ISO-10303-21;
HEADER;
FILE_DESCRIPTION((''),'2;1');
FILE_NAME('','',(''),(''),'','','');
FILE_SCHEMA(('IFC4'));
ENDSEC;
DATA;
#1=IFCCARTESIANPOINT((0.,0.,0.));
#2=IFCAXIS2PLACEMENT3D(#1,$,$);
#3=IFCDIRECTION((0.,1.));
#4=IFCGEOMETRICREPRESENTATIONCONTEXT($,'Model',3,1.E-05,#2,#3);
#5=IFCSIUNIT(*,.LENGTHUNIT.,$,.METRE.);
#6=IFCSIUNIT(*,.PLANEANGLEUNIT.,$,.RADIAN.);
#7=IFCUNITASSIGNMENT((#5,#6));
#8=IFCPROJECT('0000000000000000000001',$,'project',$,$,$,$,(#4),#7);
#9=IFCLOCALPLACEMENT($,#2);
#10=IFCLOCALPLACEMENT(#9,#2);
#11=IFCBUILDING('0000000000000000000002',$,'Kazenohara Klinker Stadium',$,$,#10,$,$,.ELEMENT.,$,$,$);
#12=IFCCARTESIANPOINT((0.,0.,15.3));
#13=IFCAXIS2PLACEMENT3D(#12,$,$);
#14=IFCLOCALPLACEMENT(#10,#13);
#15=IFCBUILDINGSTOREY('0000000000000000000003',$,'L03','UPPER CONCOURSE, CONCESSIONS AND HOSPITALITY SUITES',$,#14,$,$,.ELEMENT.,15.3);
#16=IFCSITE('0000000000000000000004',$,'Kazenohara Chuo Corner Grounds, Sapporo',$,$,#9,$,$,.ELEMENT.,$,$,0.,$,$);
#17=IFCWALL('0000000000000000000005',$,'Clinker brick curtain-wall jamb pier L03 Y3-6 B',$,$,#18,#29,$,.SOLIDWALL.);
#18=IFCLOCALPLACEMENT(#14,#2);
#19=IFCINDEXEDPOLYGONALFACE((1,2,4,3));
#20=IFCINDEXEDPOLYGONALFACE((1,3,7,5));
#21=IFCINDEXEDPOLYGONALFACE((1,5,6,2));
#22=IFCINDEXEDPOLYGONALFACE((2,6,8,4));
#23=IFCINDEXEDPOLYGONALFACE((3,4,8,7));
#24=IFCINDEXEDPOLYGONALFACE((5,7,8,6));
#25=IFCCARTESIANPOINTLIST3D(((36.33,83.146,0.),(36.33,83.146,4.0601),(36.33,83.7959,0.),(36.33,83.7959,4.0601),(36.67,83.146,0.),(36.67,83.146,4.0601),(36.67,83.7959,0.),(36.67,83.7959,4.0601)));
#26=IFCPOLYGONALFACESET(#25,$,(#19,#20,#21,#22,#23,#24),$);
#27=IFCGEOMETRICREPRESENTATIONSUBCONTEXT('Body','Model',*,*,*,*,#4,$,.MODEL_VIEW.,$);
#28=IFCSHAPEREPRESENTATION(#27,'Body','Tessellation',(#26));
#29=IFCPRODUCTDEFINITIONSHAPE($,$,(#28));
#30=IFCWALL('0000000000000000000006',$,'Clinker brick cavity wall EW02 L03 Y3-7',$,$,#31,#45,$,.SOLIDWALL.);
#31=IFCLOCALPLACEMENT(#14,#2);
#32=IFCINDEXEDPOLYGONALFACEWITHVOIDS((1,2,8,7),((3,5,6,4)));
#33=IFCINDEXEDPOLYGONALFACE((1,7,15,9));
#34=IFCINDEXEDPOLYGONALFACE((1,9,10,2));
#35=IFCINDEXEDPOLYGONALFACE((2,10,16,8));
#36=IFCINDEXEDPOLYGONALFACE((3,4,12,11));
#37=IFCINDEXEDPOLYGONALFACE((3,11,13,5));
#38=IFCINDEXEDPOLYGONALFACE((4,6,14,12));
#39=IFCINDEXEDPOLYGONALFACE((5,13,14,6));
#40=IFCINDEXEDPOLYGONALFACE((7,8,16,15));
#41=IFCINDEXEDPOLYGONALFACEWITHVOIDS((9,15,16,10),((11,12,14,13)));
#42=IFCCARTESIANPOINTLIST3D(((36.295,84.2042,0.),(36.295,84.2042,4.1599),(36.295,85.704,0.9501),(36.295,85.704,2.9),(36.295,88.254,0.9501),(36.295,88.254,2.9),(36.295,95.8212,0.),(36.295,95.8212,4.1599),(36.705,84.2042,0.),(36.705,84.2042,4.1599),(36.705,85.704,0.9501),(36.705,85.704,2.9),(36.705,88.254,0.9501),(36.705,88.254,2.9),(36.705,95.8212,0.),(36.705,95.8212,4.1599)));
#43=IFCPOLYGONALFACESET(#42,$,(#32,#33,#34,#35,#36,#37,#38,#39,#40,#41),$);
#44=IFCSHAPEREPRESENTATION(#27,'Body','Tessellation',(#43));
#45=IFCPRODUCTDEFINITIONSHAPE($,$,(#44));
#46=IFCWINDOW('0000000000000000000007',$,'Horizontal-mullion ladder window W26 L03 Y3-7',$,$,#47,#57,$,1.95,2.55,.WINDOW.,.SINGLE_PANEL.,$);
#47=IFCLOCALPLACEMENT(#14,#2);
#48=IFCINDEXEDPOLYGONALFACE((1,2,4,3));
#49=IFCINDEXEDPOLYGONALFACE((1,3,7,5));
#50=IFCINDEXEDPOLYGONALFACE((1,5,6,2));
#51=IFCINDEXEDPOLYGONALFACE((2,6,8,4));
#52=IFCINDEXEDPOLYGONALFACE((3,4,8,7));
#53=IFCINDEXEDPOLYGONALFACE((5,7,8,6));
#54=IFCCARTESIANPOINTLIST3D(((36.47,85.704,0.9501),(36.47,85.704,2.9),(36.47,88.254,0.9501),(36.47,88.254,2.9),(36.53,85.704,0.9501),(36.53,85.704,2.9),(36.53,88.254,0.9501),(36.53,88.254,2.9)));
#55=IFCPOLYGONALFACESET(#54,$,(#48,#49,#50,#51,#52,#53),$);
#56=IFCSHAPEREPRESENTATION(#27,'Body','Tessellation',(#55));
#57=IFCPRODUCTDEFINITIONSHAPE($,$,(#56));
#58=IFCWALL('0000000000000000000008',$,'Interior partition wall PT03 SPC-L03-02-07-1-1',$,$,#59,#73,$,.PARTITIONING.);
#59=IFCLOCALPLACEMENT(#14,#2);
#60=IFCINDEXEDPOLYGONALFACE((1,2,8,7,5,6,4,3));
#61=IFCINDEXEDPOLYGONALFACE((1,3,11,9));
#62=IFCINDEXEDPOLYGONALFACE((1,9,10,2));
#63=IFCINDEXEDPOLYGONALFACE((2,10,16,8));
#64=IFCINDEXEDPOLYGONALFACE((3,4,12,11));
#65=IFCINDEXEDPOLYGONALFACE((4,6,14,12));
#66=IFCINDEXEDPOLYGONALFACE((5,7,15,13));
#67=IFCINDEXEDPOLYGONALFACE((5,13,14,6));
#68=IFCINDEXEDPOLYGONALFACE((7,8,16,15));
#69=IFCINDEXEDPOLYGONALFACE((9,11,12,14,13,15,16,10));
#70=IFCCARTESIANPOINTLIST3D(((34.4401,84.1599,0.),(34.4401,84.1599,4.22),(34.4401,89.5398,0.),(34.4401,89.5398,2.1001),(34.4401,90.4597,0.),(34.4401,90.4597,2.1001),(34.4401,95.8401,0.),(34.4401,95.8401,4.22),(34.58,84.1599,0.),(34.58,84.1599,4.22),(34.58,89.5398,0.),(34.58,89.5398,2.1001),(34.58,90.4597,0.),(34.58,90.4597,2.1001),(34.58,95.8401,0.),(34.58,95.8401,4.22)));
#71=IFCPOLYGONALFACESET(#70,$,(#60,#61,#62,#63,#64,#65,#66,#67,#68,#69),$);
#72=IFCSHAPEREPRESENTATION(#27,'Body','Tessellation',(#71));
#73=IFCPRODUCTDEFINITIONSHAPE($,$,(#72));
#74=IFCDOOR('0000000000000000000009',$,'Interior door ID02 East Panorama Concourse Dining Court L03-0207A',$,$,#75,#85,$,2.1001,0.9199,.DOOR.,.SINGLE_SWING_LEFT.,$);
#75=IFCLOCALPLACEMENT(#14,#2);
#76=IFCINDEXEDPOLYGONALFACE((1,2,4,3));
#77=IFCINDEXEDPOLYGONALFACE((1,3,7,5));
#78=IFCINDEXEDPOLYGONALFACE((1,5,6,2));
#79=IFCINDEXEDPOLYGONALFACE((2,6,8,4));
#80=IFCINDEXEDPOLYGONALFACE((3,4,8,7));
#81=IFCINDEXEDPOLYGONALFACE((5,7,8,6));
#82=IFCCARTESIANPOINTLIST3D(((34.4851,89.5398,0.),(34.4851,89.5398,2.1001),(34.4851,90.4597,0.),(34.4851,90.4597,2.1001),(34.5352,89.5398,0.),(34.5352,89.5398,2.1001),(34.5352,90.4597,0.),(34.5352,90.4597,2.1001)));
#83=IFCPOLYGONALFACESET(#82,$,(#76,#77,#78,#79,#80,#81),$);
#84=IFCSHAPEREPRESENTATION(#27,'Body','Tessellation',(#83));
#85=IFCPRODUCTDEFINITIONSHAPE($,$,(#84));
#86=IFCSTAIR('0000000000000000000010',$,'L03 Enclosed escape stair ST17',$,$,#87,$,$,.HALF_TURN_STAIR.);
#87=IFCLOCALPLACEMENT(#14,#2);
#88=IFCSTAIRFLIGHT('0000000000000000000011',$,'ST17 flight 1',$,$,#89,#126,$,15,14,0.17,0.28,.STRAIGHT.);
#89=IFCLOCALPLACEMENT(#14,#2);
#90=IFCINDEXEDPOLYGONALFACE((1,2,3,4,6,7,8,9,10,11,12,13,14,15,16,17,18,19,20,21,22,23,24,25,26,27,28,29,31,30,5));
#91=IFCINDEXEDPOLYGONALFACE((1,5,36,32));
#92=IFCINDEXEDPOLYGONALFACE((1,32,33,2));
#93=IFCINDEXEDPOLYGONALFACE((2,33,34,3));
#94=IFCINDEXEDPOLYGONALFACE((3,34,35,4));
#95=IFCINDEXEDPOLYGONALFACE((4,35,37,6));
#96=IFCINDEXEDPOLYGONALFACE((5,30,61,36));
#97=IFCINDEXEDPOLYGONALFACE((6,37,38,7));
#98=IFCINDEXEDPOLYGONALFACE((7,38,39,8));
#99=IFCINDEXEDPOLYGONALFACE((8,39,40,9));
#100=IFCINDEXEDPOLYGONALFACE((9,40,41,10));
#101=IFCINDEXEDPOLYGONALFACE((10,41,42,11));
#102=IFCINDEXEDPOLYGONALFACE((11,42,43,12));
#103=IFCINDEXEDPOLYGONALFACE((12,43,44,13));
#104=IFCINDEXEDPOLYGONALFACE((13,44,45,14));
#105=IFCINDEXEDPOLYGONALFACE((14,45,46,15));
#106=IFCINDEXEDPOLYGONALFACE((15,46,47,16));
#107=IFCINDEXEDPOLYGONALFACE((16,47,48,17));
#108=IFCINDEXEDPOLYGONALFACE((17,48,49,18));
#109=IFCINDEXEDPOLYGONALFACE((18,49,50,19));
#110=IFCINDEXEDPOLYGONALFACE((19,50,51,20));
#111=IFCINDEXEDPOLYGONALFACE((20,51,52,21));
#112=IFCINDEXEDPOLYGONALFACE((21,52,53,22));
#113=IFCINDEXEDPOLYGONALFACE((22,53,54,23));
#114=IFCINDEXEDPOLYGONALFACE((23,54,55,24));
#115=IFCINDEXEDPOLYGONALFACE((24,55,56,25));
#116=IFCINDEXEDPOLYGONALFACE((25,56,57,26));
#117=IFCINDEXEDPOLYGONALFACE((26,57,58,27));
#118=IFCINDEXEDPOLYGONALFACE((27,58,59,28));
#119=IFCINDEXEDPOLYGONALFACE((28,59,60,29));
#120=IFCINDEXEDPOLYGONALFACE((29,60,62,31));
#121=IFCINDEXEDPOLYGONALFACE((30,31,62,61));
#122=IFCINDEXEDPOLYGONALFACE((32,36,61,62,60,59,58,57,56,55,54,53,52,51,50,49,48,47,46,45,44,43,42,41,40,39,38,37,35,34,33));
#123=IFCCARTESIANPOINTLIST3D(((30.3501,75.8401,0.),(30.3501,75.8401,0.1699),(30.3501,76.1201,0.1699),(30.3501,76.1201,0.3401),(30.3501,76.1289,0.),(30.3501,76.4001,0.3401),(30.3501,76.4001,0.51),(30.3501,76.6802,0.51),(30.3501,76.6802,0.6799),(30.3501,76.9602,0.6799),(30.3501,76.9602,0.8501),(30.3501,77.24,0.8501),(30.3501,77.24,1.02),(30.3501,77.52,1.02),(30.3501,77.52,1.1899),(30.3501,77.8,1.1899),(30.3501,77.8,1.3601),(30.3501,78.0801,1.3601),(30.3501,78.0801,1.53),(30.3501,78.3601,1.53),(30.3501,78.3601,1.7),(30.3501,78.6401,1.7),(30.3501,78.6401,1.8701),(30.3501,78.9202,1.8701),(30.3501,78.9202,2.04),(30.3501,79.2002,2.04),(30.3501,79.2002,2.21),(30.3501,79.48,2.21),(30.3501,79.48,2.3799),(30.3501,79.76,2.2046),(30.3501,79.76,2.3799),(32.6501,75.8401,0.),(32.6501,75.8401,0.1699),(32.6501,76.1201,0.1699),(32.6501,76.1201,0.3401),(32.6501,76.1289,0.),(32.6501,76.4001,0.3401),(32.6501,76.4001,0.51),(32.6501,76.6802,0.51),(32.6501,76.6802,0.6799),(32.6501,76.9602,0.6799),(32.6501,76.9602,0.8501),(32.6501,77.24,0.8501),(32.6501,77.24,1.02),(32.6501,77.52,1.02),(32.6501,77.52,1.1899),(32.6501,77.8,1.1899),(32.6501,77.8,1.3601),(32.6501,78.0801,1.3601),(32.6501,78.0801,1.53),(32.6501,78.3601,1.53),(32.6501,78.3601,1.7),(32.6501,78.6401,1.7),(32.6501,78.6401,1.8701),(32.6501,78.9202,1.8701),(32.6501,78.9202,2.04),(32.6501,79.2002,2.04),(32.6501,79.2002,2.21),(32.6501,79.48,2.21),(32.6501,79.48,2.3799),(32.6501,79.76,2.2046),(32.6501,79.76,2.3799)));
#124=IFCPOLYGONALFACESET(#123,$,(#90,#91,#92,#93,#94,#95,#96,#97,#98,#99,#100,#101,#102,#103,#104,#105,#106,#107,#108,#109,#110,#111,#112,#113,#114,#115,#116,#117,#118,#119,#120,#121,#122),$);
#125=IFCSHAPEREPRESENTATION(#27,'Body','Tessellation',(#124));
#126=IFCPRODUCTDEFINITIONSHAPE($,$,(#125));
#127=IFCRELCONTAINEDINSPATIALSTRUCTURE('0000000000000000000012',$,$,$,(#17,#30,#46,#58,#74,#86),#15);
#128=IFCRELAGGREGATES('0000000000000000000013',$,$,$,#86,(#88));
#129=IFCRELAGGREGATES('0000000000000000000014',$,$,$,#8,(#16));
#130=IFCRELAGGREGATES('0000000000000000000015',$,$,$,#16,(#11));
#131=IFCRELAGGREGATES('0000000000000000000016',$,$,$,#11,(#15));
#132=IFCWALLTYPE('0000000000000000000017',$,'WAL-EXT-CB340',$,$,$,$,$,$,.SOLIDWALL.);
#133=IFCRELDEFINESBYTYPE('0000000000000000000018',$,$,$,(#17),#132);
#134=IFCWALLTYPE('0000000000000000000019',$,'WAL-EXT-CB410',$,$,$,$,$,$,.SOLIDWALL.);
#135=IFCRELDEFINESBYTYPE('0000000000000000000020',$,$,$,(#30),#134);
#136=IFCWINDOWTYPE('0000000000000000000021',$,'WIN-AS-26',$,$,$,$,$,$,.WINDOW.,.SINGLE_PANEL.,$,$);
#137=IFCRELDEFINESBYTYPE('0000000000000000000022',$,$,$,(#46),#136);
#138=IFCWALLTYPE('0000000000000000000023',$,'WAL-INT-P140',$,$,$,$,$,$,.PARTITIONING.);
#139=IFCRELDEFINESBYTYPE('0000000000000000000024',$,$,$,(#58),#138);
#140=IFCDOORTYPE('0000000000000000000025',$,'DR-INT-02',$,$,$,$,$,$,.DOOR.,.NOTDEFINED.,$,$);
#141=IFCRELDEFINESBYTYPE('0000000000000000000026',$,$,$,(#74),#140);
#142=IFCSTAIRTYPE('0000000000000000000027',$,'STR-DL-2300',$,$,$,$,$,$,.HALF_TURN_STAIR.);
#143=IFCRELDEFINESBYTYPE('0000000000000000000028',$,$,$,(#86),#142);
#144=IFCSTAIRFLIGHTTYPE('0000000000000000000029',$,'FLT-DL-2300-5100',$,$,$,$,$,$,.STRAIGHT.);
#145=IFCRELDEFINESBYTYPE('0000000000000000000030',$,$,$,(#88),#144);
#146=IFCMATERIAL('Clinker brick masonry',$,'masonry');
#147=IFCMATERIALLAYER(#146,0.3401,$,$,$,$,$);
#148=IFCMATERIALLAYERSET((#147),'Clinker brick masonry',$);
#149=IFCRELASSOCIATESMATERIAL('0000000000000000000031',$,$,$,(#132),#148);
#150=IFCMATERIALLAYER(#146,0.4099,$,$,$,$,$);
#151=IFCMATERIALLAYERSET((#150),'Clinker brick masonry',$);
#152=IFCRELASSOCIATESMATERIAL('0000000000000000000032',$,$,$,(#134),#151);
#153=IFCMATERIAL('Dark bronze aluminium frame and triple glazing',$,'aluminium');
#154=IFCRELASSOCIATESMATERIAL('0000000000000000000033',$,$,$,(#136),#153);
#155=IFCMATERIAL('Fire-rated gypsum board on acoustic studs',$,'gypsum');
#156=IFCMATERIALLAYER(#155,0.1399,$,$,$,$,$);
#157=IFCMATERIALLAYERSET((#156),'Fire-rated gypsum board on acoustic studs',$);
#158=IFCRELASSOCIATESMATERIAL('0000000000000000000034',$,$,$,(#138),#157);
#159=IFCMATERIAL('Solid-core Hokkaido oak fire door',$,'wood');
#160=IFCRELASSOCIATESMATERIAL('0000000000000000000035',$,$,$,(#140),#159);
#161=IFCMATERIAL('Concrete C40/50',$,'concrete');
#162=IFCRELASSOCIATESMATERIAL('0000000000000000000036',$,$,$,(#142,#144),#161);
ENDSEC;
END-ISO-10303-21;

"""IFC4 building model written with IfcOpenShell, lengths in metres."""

from ifc_helpers import new_model, si_unit, direction, frame, frame_2d, origin, place, context, subcontext, project, spatial, polyline, rectangle, outline, extrude, material, layer, layer_set, type_object, element, fill, aggregate, save


model = new_model("IFC4")

# Units and contexts
model_context = context("Model", 3, precision=1e-05, world=origin(), true_north=direction((0.0, 1.0)))
body_context = subcontext(model_context, "Body", "Model", "MODEL_VIEW")
ifc_project = project(units=[si_unit("LENGTHUNIT", "METRE"), si_unit("PLANEANGLEUNIT", "RADIAN")], contexts=[model_context])

# Site, building, storey
site_placement = place(None, origin())
site = spatial("IfcSite", under=ifc_project, at=site_placement, Name="Kazenohara Chuo Corner Grounds, Sapporo", CompositionType="ELEMENT", RefElevation=0.0)
building_placement = place(site_placement, origin())
building = spatial("IfcBuilding", under=site, at=building_placement, Name="Kazenohara Klinker Stadium", CompositionType="ELEMENT")
storey_placement = place(building_placement, frame((0.0, 0.0, 15.3)))
storey = spatial("IfcBuildingStorey", under=building, at=storey_placement, Name="L03", Description="UPPER CONCOURSE, CONCESSIONS AND HOSPITALITY SUITES", CompositionType="ELEMENT", Elevation=15.3)

# Wall
ifc_material_1 = material(Name="Concrete C40/50", Category="concrete")
ifc_material_2 = material(Name="Clinker brick masonry", Category="masonry")
ifc_layer_1 = layer(ifc_material_2, 0.3401)
ifc_layer_set_1 = layer_set([ifc_layer_1], Name="Clinker brick masonry")
wall_type_1 = type_object("IfcWallType", Name="WAL-EXT-CB340", PredefinedType="SOLIDWALL", material=ifc_layer_set_1)
wall_1_placement = place(storey_placement, frame((36.5, 83.146, 0.0), z_axis=(0.0, 0.0, 1.0), x_axis=(0.0, 1.0, 0.0)))
element("IfcWall", 1, at=wall_1_placement, inside=storey, type_object=wall_type_1, Name="Clinker brick curtain-wall jamb pier L03 Y3-6 B", PredefinedType="SOLIDWALL", context=body_context, shape_type="SweptSolid", body=[
    extrude(rectangle(XDim=0.6499, YDim=0.3401, at=frame_2d((0.325, 0.0))), origin(), (0.0, 0.0, 1.0), 4.0601),
])

# Wall, opening, window
ifc_layer_2 = layer(ifc_material_2, 0.4099)
ifc_layer_set_2 = layer_set([ifc_layer_2], Name="Clinker brick masonry")
wall_type_2 = type_object("IfcWallType", Name="WAL-EXT-CB410", PredefinedType="SOLIDWALL", material=ifc_layer_set_2)
wall_2_placement = place(storey_placement, frame((36.5, 84.2041, 0.0), z_axis=(0.0, 0.0, 1.0), x_axis=(0.0, 1.0, 0.0)))
wall_2 = element("IfcWall", 2, at=wall_2_placement, inside=storey, type_object=wall_type_2, Name="Clinker brick cavity wall EW02 L03 Y3-7", PredefinedType="SOLIDWALL", context=body_context, shape_type="SweptSolid", body=[
    extrude(rectangle(XDim=11.6169, YDim=0.4099, at=frame_2d((5.8086, 0.0))), origin(), (0.0, 0.0, 1.0), 4.1599),
])
opening_1_placement = place(wall_2_placement, frame((1.5, 0.0, 0.95)))
opening_1 = element("IfcOpeningElement", 3, at=opening_1_placement, cuts=wall_2, PredefinedType="OPENING", context=body_context, shape_type="SweptSolid", body=[
    extrude(rectangle(XDim=2.55, YDim=1.95, at=frame_2d((1.2749, 0.9751))), frame((0.0, 0.2148, 0.0), z_axis=(0.0, -1.0, 0.0), x_axis=(1.0, 0.0, 0.0)), (0.0, 0.0, 1.0), 0.4299),
])
ifc_material_3 = material(Name="Dark bronze aluminium frame and triple glazing", Category="aluminium")
window_type = type_object("IfcWindowType", Name="WIN-AS-26", PartitioningType="SINGLE_PANEL", PredefinedType="WINDOW", material=ifc_material_3)
window_placement = place(opening_1_placement, origin())
window = element("IfcWindow", 4, at=window_placement, inside=storey, type_object=window_type, Name="Horizontal-mullion ladder window W26 L03 Y3-7", OverallHeight=1.95, OverallWidth=2.55, PartitioningType="SINGLE_PANEL", PredefinedType="WINDOW", context=body_context, shape_type="SweptSolid", body=[
    extrude(rectangle(XDim=2.55, YDim=1.95, at=frame_2d((1.2749, 0.9751))), frame((0.0, 0.03, 0.0), z_axis=(0.0, -1.0, 0.0), x_axis=(1.0, 0.0, 0.0)), (0.0, 0.0, 1.0), 0.0601),
])
fill(opening_1, window)

# Wall, opening, door
ifc_material_4 = material(Name="Fire-rated gypsum board on acoustic studs", Category="gypsum")
ifc_layer_3 = layer(ifc_material_4, 0.1399)
ifc_layer_set_3 = layer_set([ifc_layer_3], Name="Fire-rated gypsum board on acoustic studs")
wall_type_3 = type_object("IfcWallType", Name="WAL-INT-P140", PredefinedType="PARTITIONING", material=ifc_layer_set_3)
wall_3_placement = place(storey_placement, frame((34.51, 84.1599, 0.0), z_axis=(0.0, 0.0, 1.0), x_axis=(0.0, 1.0, 0.0)))
wall_3 = element("IfcWall", 5, at=wall_3_placement, inside=storey, type_object=wall_type_3, Name="Interior partition wall PT03 SPC-L03-02-07-1-1", PredefinedType="PARTITIONING", context=body_context, shape_type="SweptSolid", body=[
    extrude(rectangle(XDim=11.6802, YDim=0.1399, at=frame_2d((5.8401, 0.0))), origin(), (0.0, 0.0, 1.0), 4.22),
])
opening_2_placement = place(wall_3_placement, frame((5.3799, 0.0, 0.0)))
opening_2 = element("IfcOpeningElement", 6, at=opening_2_placement, cuts=wall_3, PredefinedType="OPENING", context=body_context, shape_type="SweptSolid", body=[
    extrude(rectangle(XDim=0.9199, YDim=2.1001, at=frame_2d((0.46, 1.05))), frame((0.0, 0.0801, 0.0), z_axis=(0.0, -1.0, 0.0), x_axis=(1.0, 0.0, 0.0)), (0.0, 0.0, 1.0), 0.1599),
])
ifc_material_5 = material(Name="Solid-core Hokkaido oak fire door", Category="wood")
door_type = type_object("IfcDoorType", Name="DR-INT-02", OperationType="NOTDEFINED", PredefinedType="DOOR", material=ifc_material_5)
door_placement = place(opening_2_placement, origin())
door = element("IfcDoor", 7, at=door_placement, inside=storey, type_object=door_type, Name="Interior door ID02 East Panorama Concourse Dining Court L03-0207A", OperationType="SINGLE_SWING_LEFT", OverallHeight=2.1001, OverallWidth=0.9199, PredefinedType="DOOR", context=body_context, shape_type="SweptSolid", body=[
    extrude(rectangle(XDim=0.9199, YDim=2.1001, at=frame_2d((0.46, 1.05))), frame((0.0, 0.0249, 0.0), z_axis=(0.0, -1.0, 0.0), x_axis=(1.0, 0.0, 0.0)), (0.0, 0.0, 1.0), 0.05),
])
fill(opening_2, door)

# Stair, stair flight
stair_type = type_object("IfcStairType", Name="STR-DL-2300", PredefinedType="HALF_TURN_STAIR", material=ifc_material_1)
stair_placement = place(storey_placement, origin())
stair = element("IfcStair", 8, at=stair_placement, inside=storey, type_object=stair_type, Name="L03 Enclosed escape stair ST17", PredefinedType="HALF_TURN_STAIR")
stair_flight_type = type_object("IfcStairFlightType", Name="FLT-DL-2300-5100", PredefinedType="STRAIGHT", material=ifc_material_1)
stair_flight_placement = place(storey_placement, frame((31.5, 75.8401, 0.0), z_axis=(0.0, 0.0, 1.0), x_axis=(0.0, 1.0, 0.0)))
stair_flight = element("IfcStairFlight", 9, at=stair_flight_placement, type_object=stair_flight_type, Name="ST17 flight 1", NumberOfRisers=15, NumberOfTreads=14, PredefinedType="STRAIGHT", RiserHeight=0.17, TreadLength=0.28, context=body_context, shape_type="SweptSolid", body=[
    extrude(outline(polyline([(0.0, 0.0), (0.0, 0.1699), (0.28, 0.1699), (0.28, 0.3401), (0.5601, 0.3401), (0.5601, 0.51), (0.8401, 0.51), (0.8401, 0.6799), (1.1201, 0.6799), (1.1201, 0.8501), (1.3999, 0.8501), (1.3999, 1.02), (1.6799, 1.02), (1.6799, 1.1899), (1.96, 1.1899), (1.96, 1.3601), (2.24, 1.3601), (2.24, 1.53), (2.52, 1.53), (2.52, 1.7), (2.8, 1.7), (2.8, 1.8701), (3.0801, 1.8701), (3.0801, 2.04), (3.3601, 2.04), (3.3601, 2.21), (3.6399, 2.21), (3.6399, 2.3799), (3.9199, 2.3799), (3.9199, 2.55), (3.9199, 2.2046), (0.2888, 0.0), (0.0, 0.0)])), frame((0.0, 1.1499, 0.0), z_axis=(0.0, -1.0, 0.0), x_axis=(1.0, 0.0, 0.0)), (0.0, 0.0, 1.0), 2.3),
])
aggregate(stair, [stair_flight])

save(model, "model.ifc")
